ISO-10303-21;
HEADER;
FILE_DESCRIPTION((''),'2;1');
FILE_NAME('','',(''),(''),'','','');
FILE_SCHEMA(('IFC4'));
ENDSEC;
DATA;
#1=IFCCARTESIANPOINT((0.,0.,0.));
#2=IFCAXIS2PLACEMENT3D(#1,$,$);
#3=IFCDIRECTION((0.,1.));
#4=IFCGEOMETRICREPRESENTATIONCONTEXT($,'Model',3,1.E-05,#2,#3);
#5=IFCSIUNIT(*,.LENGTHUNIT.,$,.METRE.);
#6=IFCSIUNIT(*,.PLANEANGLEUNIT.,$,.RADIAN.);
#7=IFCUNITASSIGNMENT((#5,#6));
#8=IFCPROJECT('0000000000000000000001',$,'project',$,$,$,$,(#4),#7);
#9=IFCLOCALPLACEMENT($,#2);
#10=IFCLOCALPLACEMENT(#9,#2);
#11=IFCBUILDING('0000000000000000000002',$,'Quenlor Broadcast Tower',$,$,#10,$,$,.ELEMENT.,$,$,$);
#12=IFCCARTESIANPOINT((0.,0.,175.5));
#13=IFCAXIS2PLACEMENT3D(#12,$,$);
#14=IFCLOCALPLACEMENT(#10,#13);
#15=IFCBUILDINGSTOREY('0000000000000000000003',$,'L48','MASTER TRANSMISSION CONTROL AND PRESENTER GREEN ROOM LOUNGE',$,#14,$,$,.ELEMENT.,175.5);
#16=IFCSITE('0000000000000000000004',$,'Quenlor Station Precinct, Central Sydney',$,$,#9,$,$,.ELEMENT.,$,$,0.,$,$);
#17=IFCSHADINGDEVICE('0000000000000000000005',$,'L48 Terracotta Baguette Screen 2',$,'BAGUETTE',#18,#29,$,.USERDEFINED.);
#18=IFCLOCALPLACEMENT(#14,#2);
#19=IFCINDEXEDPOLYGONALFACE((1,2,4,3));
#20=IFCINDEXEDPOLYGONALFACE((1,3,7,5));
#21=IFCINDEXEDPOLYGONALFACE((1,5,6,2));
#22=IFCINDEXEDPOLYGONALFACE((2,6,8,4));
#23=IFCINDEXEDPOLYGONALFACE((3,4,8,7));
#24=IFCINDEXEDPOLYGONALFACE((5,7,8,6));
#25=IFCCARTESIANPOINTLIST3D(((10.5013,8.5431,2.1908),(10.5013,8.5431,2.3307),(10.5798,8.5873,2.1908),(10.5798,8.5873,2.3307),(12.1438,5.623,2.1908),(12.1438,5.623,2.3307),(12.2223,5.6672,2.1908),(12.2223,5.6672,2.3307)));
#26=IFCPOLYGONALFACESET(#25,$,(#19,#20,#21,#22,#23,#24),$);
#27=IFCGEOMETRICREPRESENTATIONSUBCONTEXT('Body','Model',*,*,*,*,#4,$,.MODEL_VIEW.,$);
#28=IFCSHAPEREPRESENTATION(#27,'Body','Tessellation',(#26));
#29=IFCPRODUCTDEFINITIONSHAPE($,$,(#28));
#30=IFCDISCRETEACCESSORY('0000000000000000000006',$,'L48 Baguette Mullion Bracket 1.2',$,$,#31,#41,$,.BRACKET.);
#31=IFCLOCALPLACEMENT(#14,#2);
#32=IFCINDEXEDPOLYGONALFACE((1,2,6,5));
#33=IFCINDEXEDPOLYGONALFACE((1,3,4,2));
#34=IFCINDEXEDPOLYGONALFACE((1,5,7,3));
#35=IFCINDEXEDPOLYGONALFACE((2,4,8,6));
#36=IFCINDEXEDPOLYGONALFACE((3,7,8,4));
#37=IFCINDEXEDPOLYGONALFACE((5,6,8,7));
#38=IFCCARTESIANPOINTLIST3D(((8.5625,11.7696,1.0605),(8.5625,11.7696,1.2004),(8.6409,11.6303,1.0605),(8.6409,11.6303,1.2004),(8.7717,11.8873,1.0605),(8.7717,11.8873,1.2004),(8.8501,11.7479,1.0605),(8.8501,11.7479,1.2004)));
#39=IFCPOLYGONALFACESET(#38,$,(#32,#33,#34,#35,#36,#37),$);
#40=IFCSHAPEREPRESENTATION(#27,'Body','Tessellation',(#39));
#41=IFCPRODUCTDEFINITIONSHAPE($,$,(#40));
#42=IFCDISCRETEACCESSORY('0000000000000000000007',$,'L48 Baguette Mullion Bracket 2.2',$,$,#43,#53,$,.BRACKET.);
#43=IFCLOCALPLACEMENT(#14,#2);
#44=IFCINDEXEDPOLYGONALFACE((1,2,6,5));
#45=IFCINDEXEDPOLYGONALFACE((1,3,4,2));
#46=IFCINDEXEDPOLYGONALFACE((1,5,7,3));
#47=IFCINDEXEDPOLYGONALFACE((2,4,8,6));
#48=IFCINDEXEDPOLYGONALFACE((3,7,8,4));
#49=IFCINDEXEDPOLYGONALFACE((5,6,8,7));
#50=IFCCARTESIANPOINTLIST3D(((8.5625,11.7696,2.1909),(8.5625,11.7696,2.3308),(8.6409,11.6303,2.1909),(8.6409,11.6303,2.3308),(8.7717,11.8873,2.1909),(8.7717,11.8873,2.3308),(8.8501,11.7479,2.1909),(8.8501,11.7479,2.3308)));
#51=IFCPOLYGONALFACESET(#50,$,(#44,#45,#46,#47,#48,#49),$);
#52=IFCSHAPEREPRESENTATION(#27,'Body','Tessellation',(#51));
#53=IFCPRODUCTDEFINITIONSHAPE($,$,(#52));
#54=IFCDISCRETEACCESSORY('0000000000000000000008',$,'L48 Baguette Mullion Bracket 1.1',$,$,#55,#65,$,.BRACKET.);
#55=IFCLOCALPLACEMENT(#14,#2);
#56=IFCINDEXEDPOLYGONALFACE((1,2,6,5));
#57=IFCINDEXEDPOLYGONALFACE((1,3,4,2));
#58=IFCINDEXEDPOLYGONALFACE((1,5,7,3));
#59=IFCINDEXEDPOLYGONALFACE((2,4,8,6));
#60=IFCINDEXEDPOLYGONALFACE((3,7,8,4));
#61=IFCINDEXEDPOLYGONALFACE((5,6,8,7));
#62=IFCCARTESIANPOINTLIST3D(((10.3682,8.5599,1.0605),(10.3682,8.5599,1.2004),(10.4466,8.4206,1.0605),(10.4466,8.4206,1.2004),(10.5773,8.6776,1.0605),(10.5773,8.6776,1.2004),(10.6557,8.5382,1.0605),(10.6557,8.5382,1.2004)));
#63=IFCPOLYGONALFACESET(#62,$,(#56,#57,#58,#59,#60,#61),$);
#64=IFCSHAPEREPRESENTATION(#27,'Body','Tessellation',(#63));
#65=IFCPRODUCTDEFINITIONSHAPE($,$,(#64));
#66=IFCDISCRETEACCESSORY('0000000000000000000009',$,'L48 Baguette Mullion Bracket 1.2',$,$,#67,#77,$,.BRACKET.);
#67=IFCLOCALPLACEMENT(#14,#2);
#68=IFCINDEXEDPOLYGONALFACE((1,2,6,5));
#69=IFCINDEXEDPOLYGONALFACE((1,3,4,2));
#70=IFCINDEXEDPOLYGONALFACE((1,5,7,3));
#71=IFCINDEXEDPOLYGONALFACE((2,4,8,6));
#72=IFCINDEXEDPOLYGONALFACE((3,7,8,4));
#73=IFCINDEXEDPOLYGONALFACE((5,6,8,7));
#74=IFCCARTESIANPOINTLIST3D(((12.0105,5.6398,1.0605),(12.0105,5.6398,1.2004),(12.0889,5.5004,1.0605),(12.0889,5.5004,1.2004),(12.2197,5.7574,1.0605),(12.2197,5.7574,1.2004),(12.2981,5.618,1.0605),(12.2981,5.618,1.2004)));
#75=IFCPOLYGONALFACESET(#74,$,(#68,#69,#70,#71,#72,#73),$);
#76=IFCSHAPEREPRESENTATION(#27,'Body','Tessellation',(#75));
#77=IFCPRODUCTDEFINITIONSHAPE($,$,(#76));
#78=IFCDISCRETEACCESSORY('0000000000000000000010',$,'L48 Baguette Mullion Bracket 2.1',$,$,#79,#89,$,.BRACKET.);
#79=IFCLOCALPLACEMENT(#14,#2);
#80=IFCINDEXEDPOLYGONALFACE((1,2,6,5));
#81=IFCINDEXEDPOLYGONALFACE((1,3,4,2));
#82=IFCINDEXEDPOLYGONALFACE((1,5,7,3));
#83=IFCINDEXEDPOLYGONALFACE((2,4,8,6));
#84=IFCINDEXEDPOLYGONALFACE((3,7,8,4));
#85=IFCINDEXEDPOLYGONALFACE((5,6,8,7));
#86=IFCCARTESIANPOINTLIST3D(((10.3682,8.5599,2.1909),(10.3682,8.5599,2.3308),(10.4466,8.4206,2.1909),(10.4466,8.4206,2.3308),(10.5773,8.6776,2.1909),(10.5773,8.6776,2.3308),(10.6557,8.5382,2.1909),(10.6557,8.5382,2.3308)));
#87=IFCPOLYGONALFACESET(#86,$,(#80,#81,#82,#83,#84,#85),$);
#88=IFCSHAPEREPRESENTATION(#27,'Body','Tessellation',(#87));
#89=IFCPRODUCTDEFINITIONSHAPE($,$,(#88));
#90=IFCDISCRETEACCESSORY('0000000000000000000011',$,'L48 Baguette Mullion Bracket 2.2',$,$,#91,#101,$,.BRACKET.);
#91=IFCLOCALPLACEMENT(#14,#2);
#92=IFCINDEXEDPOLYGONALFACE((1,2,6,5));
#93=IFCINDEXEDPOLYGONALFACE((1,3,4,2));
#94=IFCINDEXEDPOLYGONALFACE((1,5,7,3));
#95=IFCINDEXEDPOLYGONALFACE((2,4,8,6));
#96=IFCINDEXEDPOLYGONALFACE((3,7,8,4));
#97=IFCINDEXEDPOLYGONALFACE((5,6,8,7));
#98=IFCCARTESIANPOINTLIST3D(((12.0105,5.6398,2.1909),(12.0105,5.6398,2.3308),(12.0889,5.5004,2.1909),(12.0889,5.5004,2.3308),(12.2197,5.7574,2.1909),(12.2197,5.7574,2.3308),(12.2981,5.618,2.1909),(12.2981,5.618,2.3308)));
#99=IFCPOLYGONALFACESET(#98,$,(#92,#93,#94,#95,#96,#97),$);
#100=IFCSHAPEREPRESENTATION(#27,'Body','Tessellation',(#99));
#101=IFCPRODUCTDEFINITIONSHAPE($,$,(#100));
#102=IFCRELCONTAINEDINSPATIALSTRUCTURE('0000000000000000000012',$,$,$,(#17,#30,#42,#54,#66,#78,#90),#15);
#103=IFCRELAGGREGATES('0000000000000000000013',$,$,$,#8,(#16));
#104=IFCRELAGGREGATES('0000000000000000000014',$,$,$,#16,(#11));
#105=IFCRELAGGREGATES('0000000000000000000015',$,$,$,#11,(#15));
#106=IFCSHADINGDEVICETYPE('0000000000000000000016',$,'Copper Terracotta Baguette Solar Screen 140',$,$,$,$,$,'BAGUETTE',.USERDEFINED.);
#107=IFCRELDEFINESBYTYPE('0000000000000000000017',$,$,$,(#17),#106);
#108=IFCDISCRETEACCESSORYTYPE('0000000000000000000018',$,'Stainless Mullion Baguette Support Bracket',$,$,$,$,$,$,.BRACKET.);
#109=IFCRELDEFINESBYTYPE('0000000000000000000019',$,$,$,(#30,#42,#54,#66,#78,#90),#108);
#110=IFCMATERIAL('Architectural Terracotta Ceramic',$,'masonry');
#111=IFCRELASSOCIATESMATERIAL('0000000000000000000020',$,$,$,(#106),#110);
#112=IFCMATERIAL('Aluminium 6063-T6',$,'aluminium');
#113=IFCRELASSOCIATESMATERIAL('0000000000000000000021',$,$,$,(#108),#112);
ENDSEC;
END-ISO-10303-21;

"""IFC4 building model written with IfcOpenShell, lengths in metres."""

from ifc_helpers import new_model, si_unit, direction, frame, origin, origin_2d, place, context, subcontext, project, spatial, rectangle, extrude, material, material_profile, profile_set, type_object, element, save


model = new_model("IFC4")

# Units and contexts
model_context = context("Model", 3, precision=1e-05, world=origin(), true_north=direction((0.0, 1.0)))
body_context = subcontext(model_context, "Body", "Model", "MODEL_VIEW")
ifc_project = project(units=[si_unit("LENGTHUNIT", "METRE"), si_unit("PLANEANGLEUNIT", "RADIAN")], contexts=[model_context])

# Site, building, storey
site_placement = place(None, origin())
site = spatial("IfcSite", under=ifc_project, at=site_placement, Name="Quenlor Station Precinct, Central Sydney", CompositionType="ELEMENT", RefElevation=0.0)
building_placement = place(site_placement, origin())
building = spatial("IfcBuilding", under=site, at=building_placement, Name="Quenlor Broadcast Tower", CompositionType="ELEMENT")
storey_placement = place(building_placement, frame((0.0, 0.0, 175.5)))
storey = spatial("IfcBuildingStorey", under=building, at=storey_placement, Name="L48", Description="MASTER TRANSMISSION CONTROL AND PRESENTER GREEN ROOM LOUNGE", CompositionType="ELEMENT", Elevation=175.5)

# Shading device
ifc_material_1 = material(Name="Architectural Terracotta Ceramic", Category="masonry")
ifc_material_profile_1 = material_profile(ifc_material_1, rectangle(XDim=0.0901, YDim=0.1399, at=origin_2d()))
ifc_profile_set_1 = profile_set([ifc_material_profile_1], Name="Architectural Terracotta Ceramic BAG90x140")
shading_device_type = type_object("IfcShadingDeviceType", Name="Copper Terracotta Baguette Solar Screen 140", ElementType="BAGUETTE", PredefinedType="USERDEFINED", material=ifc_profile_set_1)
for number, where, z_axis, x_axis, name in (
    (1, (10.5405, 8.5652, 2.2607), (0.490258, -0.871577, 0.0), (0.871577, 0.490258, 0.0), "L48 Terracotta Baguette Screen 2"),
):
    element("IfcShadingDevice", number, at=place(storey_placement, frame(where, z_axis=z_axis, x_axis=x_axis)), inside=storey, type_object=shading_device_type, Name=name, ObjectType="BAGUETTE", PredefinedType="USERDEFINED", context=body_context, shape_type="SweptSolid", body=[
        extrude(rectangle(XDim=0.0901, YDim=0.1399, at=origin_2d()), origin(), (0.0, 0.0, 1.0), 3.3503),
    ])

# Discrete accessories
ifc_material_2 = material(Name="Aluminium 6063-T6", Category="aluminium")
discrete_accessory_type = type_object("IfcDiscreteAccessoryType", Name="Stainless Mullion Baguette Support Bracket", PredefinedType="BRACKET", material=ifc_material_2)
for number, where, z_axis, x_axis, name in (
    (2, (8.7063, 11.7588, 1.0605), (0.0, 0.0, 1.0), (0.49027, -0.871571, 0.0), "L48 Baguette Mullion Bracket 1.2"),
    (3, (8.7063, 11.7588, 2.1909), (0.0, 0.0, 1.0), (0.49027, -0.871571, 0.0), "L48 Baguette Mullion Bracket 2.2"),
    (4, (10.512, 8.5491, 1.0605), (0.0, 0.0, 1.0), (0.490256, -0.871579, 0.0), "L48 Baguette Mullion Bracket 1.1"),
    (5, (12.1543, 5.6289, 1.0605), (0.0, 0.0, 1.0), (0.490256, -0.871579, 0.0), "L48 Baguette Mullion Bracket 1.2"),
    (6, (10.512, 8.5491, 2.1909), (0.0, 0.0, 1.0), (0.490256, -0.871579, 0.0), "L48 Baguette Mullion Bracket 2.1"),
    (7, (12.1543, 5.6289, 2.1909), (0.0, 0.0, 1.0), (0.490256, -0.871579, 0.0), "L48 Baguette Mullion Bracket 2.2"),
):
    element("IfcDiscreteAccessory", number, at=place(storey_placement, frame(where, z_axis=z_axis, x_axis=x_axis)), inside=storey, type_object=discrete_accessory_type, Name=name, PredefinedType="BRACKET", context=body_context, shape_type="SweptSolid", body=[
        extrude(rectangle(XDim=0.1599, YDim=0.24, at=origin_2d()), origin(), (0.0, 0.0, 1.0), 0.1399),
    ])

save(model, "model.ifc")
